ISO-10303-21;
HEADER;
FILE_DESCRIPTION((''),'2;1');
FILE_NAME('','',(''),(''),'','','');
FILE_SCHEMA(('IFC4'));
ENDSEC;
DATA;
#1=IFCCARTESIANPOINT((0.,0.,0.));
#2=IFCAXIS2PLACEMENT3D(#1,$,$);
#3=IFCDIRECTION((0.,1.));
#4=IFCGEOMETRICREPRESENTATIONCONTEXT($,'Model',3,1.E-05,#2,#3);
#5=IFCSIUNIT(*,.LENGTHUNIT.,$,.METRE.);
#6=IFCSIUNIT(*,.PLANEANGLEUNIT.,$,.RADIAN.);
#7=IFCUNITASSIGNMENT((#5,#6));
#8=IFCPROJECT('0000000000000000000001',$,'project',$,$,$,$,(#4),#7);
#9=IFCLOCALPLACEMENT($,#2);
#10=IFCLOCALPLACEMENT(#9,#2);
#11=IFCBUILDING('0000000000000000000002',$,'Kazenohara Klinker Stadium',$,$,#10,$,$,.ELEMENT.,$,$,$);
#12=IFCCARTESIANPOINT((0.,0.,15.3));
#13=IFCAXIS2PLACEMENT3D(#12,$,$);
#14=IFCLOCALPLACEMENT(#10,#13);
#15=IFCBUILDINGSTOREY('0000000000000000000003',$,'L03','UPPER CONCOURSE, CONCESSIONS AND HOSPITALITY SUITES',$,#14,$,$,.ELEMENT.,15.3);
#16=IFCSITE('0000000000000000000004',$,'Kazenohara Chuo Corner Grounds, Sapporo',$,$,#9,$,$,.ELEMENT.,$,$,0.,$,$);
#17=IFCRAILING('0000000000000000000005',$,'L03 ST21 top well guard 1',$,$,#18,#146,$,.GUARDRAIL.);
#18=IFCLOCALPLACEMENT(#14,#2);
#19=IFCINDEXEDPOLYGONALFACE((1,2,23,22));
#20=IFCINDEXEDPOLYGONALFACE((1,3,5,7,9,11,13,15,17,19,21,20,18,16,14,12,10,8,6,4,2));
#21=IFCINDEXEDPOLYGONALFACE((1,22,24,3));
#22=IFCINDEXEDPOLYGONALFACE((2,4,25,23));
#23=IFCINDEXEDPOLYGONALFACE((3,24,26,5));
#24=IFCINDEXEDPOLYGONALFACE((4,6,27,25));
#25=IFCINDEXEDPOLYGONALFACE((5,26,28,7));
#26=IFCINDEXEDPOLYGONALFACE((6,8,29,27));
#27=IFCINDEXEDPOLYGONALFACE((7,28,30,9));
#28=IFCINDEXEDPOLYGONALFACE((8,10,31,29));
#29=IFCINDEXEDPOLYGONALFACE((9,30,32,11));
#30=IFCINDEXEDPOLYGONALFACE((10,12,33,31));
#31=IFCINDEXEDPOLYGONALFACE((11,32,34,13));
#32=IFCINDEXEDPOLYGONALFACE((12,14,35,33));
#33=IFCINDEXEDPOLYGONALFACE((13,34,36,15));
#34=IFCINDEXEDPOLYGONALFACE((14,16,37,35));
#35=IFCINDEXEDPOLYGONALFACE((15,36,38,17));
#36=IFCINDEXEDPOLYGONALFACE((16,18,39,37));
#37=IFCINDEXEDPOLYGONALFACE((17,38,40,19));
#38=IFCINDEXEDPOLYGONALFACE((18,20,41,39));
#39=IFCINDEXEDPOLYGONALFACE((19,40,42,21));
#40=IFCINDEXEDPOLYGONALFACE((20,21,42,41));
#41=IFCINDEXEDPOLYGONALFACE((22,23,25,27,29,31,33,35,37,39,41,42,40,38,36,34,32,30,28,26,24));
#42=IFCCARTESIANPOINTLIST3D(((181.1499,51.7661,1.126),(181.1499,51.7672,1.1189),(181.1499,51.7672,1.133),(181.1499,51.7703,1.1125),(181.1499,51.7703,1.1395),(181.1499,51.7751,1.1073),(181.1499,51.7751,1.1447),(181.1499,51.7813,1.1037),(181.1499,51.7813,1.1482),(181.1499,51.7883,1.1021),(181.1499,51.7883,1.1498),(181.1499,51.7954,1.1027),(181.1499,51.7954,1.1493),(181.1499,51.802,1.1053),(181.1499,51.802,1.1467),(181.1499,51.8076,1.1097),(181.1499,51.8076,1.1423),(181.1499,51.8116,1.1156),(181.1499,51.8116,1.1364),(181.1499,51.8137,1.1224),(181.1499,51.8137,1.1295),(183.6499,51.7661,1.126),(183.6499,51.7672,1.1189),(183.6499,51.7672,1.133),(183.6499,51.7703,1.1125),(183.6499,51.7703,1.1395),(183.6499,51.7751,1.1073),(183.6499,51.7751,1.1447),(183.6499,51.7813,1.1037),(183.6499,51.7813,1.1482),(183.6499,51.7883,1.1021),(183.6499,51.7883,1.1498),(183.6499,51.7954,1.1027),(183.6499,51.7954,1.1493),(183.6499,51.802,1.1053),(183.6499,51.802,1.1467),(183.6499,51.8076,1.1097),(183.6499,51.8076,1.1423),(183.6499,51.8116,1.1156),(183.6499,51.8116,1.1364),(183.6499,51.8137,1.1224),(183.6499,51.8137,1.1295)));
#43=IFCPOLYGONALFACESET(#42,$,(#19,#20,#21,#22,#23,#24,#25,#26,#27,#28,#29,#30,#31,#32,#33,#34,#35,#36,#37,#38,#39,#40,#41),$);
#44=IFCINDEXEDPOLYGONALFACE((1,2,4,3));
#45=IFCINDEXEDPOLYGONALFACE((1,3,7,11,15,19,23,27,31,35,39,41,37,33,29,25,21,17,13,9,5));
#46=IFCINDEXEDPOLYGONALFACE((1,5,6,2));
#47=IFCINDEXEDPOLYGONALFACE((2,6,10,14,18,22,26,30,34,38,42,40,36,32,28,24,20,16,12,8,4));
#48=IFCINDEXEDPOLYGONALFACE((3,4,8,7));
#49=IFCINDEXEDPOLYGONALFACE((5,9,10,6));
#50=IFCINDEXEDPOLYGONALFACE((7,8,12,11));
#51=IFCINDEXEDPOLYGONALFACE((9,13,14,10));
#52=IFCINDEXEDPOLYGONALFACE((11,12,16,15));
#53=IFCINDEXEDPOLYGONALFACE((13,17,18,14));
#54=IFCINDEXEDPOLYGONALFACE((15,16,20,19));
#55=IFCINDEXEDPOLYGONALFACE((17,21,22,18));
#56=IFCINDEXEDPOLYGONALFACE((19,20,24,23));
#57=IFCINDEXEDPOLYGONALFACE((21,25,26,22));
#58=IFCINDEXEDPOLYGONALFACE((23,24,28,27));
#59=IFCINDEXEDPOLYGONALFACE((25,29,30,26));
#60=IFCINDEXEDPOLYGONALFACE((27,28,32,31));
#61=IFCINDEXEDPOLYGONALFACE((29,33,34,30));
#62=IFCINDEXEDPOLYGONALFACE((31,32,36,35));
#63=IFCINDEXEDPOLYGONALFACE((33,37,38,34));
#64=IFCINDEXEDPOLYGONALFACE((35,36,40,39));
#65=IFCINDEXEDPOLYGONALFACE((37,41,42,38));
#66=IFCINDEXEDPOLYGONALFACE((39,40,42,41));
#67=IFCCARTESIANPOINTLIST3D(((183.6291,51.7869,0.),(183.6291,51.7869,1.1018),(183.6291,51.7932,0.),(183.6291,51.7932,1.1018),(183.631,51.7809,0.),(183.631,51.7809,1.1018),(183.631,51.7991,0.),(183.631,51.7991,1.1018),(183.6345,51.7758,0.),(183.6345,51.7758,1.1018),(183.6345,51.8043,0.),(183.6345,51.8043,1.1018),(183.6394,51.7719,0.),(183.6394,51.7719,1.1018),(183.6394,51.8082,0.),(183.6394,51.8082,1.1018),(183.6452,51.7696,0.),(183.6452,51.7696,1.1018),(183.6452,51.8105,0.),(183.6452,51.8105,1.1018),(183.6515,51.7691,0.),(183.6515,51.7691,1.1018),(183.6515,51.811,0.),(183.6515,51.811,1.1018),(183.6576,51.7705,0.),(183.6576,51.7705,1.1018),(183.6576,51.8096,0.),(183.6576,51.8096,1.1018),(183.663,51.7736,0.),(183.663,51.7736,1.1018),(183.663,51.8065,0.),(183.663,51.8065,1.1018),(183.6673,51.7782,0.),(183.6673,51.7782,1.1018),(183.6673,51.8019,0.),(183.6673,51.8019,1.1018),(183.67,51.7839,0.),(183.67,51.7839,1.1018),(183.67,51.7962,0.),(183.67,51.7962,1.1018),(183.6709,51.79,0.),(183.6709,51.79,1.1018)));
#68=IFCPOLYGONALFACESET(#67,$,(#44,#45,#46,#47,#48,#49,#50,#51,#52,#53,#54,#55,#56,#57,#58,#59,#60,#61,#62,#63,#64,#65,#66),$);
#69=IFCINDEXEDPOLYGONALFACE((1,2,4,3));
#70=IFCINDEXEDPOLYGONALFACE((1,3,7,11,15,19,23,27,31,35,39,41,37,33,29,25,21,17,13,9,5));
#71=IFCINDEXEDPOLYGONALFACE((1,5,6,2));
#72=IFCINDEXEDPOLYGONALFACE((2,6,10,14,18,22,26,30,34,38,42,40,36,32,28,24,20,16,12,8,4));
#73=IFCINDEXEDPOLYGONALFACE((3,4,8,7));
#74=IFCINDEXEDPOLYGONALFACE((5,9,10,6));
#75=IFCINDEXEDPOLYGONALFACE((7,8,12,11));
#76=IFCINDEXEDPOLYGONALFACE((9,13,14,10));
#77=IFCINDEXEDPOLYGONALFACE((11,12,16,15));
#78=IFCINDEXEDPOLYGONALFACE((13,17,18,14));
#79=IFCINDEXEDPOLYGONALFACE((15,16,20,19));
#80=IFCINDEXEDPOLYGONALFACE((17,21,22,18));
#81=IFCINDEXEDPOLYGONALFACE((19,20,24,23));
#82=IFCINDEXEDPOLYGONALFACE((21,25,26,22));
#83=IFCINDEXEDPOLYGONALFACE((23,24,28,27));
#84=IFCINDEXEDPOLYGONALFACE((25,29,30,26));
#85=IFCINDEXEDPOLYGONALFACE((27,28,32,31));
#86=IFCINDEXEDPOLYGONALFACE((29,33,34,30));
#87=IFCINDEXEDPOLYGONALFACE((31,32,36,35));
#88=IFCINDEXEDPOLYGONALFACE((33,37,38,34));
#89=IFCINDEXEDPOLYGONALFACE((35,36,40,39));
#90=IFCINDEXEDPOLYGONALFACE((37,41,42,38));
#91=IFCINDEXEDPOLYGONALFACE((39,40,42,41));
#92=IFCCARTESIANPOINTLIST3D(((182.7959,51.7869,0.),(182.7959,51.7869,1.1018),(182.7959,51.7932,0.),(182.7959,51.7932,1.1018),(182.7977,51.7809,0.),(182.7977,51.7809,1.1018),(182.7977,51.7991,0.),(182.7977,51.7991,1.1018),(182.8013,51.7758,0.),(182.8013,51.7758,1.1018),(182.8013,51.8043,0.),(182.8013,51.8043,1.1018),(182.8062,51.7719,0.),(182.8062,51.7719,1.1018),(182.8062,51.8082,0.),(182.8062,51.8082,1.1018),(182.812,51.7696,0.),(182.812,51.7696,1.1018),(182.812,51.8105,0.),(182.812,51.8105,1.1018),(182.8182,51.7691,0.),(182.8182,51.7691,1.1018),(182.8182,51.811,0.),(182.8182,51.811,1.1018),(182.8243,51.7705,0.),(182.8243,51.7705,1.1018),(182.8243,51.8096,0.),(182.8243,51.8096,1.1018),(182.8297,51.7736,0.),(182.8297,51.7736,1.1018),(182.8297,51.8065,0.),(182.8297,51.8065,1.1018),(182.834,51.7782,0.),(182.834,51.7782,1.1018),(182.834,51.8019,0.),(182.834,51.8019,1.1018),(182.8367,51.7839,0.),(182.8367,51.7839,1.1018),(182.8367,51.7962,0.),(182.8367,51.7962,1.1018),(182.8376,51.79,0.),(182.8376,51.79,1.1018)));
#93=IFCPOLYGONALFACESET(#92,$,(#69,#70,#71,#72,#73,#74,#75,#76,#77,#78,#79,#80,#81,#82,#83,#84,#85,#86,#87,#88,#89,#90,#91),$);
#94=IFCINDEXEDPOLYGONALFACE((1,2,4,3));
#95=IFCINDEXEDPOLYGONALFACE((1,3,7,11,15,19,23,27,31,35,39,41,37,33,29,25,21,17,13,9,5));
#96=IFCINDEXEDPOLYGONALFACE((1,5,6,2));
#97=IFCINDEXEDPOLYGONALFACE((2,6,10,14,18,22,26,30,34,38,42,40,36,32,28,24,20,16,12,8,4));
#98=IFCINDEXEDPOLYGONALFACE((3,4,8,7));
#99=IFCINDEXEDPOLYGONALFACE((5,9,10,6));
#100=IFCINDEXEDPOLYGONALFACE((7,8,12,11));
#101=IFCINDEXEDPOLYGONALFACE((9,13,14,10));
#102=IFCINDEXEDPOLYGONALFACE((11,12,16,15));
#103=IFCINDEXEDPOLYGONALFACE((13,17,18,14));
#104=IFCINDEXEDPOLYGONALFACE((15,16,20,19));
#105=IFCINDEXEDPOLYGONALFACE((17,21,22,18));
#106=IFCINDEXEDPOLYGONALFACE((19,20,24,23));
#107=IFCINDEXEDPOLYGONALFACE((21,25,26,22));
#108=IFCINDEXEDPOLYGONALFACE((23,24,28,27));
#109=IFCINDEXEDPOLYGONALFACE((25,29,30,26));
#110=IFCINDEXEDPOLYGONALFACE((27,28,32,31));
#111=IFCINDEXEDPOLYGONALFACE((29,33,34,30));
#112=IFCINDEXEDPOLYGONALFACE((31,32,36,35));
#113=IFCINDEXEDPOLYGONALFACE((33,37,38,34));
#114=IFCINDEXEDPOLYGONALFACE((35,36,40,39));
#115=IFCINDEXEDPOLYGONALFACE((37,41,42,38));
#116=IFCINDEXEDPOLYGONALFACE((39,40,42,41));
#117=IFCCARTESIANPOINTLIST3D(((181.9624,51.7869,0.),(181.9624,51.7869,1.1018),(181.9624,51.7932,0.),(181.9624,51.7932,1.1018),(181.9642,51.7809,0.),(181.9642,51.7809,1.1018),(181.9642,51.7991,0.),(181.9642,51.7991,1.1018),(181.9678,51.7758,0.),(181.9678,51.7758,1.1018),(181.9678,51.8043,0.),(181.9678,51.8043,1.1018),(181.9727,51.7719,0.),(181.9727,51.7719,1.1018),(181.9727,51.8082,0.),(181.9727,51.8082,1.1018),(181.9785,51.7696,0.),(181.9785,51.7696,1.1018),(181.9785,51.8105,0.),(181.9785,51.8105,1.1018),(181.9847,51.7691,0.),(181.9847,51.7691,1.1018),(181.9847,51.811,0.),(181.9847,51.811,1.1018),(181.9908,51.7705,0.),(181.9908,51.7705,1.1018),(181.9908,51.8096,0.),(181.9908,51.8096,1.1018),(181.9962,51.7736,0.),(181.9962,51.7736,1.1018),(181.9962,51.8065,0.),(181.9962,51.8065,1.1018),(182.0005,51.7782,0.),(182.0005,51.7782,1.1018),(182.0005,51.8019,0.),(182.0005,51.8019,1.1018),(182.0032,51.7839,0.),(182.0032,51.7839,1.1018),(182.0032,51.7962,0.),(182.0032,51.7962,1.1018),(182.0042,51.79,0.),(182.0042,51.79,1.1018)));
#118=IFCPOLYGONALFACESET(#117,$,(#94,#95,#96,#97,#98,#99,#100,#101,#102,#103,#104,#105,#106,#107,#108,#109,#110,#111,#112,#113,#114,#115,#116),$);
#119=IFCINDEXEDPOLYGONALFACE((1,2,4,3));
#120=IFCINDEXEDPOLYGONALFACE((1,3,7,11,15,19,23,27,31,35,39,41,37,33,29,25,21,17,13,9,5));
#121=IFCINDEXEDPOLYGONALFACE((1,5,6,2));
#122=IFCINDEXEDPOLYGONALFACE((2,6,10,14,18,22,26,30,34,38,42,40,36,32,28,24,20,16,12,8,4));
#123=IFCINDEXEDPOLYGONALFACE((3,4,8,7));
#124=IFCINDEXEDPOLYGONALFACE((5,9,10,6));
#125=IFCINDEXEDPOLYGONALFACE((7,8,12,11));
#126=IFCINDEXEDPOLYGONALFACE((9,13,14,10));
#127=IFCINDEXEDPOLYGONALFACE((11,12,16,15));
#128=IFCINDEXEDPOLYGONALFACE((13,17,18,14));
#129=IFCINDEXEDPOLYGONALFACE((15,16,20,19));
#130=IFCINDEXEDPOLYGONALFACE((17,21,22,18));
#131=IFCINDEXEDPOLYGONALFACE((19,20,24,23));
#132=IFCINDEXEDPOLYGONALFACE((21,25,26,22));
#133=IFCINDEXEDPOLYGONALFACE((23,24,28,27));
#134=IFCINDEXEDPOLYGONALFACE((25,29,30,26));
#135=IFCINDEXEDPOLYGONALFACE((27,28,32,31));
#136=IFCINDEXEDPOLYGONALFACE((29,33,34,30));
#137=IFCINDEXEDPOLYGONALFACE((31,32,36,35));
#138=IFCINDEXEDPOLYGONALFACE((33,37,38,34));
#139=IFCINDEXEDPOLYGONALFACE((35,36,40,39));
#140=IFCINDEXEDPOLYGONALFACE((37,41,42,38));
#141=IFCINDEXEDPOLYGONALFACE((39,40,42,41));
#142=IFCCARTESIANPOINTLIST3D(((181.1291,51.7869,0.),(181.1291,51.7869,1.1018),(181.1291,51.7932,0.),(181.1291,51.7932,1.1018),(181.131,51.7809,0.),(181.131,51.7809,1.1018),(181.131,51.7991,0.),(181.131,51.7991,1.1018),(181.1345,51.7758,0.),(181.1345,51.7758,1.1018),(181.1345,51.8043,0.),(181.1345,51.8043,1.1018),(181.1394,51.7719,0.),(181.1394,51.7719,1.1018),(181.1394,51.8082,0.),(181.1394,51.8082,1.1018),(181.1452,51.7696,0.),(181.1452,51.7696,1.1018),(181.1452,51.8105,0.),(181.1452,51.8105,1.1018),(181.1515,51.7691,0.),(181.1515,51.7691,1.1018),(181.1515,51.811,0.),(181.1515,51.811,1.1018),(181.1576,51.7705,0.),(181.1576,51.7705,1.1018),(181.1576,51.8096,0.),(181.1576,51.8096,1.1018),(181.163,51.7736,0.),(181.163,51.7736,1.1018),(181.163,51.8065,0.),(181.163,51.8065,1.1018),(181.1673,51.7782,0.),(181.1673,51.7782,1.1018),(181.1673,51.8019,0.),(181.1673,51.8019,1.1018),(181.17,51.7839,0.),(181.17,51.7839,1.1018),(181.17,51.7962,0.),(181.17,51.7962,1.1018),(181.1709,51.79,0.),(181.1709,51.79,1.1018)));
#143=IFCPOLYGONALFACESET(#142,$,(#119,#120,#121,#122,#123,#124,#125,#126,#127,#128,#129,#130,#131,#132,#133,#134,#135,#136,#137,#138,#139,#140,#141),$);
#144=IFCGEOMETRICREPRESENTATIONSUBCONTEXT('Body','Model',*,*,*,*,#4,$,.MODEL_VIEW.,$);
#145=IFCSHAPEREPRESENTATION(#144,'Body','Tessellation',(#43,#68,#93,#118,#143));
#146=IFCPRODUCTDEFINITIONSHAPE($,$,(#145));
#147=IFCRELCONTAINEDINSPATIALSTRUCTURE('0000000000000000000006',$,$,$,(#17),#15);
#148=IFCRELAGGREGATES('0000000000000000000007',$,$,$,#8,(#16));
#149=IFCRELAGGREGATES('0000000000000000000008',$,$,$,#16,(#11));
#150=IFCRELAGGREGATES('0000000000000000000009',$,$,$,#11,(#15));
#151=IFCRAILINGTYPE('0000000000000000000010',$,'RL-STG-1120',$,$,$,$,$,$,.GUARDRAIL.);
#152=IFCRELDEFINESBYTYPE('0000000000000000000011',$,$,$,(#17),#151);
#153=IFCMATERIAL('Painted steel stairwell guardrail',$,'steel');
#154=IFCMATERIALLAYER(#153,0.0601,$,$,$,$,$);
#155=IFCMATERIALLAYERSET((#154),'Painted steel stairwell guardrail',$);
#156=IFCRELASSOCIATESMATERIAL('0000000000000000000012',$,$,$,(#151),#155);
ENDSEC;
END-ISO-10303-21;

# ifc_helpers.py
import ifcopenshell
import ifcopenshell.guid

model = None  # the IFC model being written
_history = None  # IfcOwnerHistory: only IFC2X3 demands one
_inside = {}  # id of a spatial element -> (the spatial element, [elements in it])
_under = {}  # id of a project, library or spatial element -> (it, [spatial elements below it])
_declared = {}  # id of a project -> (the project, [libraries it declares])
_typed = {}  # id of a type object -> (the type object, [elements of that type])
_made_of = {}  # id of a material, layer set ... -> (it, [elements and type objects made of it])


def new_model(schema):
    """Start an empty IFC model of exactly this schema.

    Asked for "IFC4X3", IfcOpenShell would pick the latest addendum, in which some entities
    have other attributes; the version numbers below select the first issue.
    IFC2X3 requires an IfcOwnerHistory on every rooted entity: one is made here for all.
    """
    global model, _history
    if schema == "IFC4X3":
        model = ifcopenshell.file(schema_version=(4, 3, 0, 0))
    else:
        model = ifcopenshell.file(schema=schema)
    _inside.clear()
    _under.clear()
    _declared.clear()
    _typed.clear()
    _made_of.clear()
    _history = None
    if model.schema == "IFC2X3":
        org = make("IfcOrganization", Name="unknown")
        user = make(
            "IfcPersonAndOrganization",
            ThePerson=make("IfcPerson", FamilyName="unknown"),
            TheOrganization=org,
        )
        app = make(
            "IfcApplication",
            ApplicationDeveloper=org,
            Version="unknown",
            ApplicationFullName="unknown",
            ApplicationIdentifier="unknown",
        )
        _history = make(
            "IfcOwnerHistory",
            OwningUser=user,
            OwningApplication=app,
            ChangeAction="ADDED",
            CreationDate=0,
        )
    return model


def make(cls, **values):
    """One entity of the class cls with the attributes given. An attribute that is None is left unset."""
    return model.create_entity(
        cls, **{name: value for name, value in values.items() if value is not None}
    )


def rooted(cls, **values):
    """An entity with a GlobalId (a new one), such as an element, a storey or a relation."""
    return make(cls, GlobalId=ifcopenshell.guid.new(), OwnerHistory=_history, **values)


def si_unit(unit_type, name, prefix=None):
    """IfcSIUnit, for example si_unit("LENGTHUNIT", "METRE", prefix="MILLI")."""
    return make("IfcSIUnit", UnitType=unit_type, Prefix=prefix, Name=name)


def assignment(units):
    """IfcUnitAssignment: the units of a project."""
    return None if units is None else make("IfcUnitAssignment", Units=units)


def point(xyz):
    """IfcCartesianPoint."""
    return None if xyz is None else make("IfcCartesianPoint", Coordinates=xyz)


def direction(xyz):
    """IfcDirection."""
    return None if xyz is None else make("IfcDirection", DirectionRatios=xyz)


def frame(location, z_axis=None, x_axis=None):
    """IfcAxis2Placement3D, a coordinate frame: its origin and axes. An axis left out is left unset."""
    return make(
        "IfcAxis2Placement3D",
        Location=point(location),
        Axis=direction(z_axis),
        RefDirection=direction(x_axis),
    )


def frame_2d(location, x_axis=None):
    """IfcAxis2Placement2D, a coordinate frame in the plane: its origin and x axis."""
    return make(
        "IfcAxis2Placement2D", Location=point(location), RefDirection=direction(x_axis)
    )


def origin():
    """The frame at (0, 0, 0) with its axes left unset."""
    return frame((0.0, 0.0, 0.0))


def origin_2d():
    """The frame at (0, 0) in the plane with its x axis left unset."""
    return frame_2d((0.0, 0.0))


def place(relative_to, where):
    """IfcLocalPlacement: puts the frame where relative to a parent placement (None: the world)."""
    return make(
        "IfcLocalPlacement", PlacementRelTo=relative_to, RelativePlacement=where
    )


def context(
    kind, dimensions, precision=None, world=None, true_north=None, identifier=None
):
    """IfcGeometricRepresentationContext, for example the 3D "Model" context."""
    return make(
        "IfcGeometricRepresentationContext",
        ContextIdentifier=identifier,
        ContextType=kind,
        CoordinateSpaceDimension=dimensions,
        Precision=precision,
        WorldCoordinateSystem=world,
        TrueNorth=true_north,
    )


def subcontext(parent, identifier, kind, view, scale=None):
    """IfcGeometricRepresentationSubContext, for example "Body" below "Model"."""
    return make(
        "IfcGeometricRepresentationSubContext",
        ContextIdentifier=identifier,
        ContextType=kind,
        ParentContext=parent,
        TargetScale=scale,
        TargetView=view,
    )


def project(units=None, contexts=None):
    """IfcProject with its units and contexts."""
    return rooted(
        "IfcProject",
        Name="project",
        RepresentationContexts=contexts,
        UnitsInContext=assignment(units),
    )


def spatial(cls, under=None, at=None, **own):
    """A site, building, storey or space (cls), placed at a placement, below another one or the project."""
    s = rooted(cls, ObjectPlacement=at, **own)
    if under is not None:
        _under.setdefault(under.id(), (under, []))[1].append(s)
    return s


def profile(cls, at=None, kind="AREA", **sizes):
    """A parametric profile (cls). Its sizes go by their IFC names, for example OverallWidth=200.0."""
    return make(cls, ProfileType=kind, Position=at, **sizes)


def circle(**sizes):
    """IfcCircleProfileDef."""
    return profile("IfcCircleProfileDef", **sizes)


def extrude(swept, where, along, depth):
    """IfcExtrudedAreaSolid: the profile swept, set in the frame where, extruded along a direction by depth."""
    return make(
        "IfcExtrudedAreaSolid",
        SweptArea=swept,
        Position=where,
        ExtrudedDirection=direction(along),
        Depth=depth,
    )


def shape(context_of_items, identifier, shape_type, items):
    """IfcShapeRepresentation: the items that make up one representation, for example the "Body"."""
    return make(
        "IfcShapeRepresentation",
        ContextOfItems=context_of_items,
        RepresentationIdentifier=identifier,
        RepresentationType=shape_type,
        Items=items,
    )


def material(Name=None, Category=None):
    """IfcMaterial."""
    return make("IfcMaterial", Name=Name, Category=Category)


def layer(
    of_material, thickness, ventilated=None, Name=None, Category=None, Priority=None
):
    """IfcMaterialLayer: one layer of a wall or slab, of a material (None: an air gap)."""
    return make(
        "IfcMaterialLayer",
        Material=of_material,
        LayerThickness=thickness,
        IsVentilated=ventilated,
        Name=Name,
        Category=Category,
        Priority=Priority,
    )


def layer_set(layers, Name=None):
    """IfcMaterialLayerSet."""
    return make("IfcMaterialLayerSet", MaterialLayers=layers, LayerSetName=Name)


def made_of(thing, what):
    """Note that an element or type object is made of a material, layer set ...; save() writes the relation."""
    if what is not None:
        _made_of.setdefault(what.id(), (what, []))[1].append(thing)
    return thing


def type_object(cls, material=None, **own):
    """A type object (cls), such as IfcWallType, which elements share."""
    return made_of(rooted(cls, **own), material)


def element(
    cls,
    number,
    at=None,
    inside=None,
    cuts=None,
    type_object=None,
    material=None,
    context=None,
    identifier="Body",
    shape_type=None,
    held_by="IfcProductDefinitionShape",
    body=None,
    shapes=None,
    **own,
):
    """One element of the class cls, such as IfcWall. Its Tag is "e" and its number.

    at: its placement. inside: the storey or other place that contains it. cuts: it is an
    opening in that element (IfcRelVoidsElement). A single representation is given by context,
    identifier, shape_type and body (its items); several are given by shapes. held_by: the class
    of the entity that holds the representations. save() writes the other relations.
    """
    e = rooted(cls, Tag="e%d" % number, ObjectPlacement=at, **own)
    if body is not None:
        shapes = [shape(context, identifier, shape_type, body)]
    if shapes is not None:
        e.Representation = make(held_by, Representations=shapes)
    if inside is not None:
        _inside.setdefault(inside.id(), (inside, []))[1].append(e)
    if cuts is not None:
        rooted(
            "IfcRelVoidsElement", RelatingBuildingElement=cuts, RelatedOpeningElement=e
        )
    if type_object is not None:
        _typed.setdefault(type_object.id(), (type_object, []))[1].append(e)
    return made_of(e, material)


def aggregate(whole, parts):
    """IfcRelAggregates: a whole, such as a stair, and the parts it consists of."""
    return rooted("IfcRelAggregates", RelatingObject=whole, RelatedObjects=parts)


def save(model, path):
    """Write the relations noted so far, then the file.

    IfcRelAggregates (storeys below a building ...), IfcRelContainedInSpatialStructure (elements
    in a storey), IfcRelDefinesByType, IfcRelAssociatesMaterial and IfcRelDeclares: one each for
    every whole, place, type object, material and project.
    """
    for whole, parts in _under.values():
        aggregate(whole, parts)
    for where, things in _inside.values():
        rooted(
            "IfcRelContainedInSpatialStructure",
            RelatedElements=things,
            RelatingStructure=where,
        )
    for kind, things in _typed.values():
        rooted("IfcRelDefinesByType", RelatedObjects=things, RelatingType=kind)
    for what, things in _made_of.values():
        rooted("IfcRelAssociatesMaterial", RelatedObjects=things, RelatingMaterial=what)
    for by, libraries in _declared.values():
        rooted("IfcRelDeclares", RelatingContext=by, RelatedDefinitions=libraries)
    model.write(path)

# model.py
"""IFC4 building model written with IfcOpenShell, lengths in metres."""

from ifc_helpers import new_model, si_unit, direction, frame, origin, origin_2d, place, context, subcontext, project, spatial, circle, extrude, material, layer, layer_set, type_object, element, save


model = new_model("IFC4")

# Units and contexts
model_context = context("Model", 3, precision=1e-05, world=origin(), true_north=direction((0.0, 1.0)))
body_context = subcontext(model_context, "Body", "Model", "MODEL_VIEW")
ifc_project = project(units=[si_unit("LENGTHUNIT", "METRE"), si_unit("PLANEANGLEUNIT", "RADIAN")], contexts=[model_context])

# Site, building, storey
site_placement = place(None, origin())
site = spatial("IfcSite", under=ifc_project, at=site_placement, Name="Kazenohara Chuo Corner Grounds, Sapporo", CompositionType="ELEMENT", RefElevation=0.0)
building_placement = place(site_placement, origin())
building = spatial("IfcBuilding", under=site, at=building_placement, Name="Kazenohara Klinker Stadium", CompositionType="ELEMENT")
storey_placement = place(building_placement, frame((0.0, 0.0, 15.3)))
storey = spatial("IfcBuildingStorey", under=building, at=storey_placement, Name="L03", Description="UPPER CONCOURSE, CONCESSIONS AND HOSPITALITY SUITES", CompositionType="ELEMENT", Elevation=15.3)

# Railing
ifc_material_1 = material(Name="Painted steel stairwell guardrail", Category="steel")
ifc_layer_1 = layer(ifc_material_1, 0.0601)
ifc_layer_set_1 = layer_set([ifc_layer_1], Name="Painted steel stairwell guardrail")
railing_type = type_object("IfcRailingType", Name="RL-STG-1120", PredefinedType="GUARDRAIL", material=ifc_layer_set_1)
railing_placement = place(storey_placement, frame((183.6499, 51.79, 0.0)))
element("IfcRailing", 1, at=railing_placement, inside=storey, type_object=railing_type, Name="L03 ST21 top well guard 1", PredefinedType="GUARDRAIL", context=body_context, shape_type="SweptSolid", body=[
    extrude(circle(Radius=0.0239, at=origin_2d()), frame((0.0, 0.0, 1.126), z_axis=(-1.0, 0.0, 0.0), x_axis=(0.0, -1.0, 0.0)), (0.0, 0.0, 1.0), 2.5),
    extrude(circle(Radius=0.021, at=origin_2d()), origin(), (0.0, 0.0, 1.0), 1.1018),
    extrude(circle(Radius=0.021, at=origin_2d()), frame((-0.8333, 0.0, 0.0)), (0.0, 0.0, 1.0), 1.1018),
    extrude(circle(Radius=0.021, at=origin_2d()), frame((-1.6667, 0.0, 0.0)), (0.0, 0.0, 1.0), 1.1018),
    extrude(circle(Radius=0.021, at=origin_2d()), frame((-2.5, 0.0, 0.0)), (0.0, 0.0, 1.0), 1.1018),
])

save(model, "model.ifc")
